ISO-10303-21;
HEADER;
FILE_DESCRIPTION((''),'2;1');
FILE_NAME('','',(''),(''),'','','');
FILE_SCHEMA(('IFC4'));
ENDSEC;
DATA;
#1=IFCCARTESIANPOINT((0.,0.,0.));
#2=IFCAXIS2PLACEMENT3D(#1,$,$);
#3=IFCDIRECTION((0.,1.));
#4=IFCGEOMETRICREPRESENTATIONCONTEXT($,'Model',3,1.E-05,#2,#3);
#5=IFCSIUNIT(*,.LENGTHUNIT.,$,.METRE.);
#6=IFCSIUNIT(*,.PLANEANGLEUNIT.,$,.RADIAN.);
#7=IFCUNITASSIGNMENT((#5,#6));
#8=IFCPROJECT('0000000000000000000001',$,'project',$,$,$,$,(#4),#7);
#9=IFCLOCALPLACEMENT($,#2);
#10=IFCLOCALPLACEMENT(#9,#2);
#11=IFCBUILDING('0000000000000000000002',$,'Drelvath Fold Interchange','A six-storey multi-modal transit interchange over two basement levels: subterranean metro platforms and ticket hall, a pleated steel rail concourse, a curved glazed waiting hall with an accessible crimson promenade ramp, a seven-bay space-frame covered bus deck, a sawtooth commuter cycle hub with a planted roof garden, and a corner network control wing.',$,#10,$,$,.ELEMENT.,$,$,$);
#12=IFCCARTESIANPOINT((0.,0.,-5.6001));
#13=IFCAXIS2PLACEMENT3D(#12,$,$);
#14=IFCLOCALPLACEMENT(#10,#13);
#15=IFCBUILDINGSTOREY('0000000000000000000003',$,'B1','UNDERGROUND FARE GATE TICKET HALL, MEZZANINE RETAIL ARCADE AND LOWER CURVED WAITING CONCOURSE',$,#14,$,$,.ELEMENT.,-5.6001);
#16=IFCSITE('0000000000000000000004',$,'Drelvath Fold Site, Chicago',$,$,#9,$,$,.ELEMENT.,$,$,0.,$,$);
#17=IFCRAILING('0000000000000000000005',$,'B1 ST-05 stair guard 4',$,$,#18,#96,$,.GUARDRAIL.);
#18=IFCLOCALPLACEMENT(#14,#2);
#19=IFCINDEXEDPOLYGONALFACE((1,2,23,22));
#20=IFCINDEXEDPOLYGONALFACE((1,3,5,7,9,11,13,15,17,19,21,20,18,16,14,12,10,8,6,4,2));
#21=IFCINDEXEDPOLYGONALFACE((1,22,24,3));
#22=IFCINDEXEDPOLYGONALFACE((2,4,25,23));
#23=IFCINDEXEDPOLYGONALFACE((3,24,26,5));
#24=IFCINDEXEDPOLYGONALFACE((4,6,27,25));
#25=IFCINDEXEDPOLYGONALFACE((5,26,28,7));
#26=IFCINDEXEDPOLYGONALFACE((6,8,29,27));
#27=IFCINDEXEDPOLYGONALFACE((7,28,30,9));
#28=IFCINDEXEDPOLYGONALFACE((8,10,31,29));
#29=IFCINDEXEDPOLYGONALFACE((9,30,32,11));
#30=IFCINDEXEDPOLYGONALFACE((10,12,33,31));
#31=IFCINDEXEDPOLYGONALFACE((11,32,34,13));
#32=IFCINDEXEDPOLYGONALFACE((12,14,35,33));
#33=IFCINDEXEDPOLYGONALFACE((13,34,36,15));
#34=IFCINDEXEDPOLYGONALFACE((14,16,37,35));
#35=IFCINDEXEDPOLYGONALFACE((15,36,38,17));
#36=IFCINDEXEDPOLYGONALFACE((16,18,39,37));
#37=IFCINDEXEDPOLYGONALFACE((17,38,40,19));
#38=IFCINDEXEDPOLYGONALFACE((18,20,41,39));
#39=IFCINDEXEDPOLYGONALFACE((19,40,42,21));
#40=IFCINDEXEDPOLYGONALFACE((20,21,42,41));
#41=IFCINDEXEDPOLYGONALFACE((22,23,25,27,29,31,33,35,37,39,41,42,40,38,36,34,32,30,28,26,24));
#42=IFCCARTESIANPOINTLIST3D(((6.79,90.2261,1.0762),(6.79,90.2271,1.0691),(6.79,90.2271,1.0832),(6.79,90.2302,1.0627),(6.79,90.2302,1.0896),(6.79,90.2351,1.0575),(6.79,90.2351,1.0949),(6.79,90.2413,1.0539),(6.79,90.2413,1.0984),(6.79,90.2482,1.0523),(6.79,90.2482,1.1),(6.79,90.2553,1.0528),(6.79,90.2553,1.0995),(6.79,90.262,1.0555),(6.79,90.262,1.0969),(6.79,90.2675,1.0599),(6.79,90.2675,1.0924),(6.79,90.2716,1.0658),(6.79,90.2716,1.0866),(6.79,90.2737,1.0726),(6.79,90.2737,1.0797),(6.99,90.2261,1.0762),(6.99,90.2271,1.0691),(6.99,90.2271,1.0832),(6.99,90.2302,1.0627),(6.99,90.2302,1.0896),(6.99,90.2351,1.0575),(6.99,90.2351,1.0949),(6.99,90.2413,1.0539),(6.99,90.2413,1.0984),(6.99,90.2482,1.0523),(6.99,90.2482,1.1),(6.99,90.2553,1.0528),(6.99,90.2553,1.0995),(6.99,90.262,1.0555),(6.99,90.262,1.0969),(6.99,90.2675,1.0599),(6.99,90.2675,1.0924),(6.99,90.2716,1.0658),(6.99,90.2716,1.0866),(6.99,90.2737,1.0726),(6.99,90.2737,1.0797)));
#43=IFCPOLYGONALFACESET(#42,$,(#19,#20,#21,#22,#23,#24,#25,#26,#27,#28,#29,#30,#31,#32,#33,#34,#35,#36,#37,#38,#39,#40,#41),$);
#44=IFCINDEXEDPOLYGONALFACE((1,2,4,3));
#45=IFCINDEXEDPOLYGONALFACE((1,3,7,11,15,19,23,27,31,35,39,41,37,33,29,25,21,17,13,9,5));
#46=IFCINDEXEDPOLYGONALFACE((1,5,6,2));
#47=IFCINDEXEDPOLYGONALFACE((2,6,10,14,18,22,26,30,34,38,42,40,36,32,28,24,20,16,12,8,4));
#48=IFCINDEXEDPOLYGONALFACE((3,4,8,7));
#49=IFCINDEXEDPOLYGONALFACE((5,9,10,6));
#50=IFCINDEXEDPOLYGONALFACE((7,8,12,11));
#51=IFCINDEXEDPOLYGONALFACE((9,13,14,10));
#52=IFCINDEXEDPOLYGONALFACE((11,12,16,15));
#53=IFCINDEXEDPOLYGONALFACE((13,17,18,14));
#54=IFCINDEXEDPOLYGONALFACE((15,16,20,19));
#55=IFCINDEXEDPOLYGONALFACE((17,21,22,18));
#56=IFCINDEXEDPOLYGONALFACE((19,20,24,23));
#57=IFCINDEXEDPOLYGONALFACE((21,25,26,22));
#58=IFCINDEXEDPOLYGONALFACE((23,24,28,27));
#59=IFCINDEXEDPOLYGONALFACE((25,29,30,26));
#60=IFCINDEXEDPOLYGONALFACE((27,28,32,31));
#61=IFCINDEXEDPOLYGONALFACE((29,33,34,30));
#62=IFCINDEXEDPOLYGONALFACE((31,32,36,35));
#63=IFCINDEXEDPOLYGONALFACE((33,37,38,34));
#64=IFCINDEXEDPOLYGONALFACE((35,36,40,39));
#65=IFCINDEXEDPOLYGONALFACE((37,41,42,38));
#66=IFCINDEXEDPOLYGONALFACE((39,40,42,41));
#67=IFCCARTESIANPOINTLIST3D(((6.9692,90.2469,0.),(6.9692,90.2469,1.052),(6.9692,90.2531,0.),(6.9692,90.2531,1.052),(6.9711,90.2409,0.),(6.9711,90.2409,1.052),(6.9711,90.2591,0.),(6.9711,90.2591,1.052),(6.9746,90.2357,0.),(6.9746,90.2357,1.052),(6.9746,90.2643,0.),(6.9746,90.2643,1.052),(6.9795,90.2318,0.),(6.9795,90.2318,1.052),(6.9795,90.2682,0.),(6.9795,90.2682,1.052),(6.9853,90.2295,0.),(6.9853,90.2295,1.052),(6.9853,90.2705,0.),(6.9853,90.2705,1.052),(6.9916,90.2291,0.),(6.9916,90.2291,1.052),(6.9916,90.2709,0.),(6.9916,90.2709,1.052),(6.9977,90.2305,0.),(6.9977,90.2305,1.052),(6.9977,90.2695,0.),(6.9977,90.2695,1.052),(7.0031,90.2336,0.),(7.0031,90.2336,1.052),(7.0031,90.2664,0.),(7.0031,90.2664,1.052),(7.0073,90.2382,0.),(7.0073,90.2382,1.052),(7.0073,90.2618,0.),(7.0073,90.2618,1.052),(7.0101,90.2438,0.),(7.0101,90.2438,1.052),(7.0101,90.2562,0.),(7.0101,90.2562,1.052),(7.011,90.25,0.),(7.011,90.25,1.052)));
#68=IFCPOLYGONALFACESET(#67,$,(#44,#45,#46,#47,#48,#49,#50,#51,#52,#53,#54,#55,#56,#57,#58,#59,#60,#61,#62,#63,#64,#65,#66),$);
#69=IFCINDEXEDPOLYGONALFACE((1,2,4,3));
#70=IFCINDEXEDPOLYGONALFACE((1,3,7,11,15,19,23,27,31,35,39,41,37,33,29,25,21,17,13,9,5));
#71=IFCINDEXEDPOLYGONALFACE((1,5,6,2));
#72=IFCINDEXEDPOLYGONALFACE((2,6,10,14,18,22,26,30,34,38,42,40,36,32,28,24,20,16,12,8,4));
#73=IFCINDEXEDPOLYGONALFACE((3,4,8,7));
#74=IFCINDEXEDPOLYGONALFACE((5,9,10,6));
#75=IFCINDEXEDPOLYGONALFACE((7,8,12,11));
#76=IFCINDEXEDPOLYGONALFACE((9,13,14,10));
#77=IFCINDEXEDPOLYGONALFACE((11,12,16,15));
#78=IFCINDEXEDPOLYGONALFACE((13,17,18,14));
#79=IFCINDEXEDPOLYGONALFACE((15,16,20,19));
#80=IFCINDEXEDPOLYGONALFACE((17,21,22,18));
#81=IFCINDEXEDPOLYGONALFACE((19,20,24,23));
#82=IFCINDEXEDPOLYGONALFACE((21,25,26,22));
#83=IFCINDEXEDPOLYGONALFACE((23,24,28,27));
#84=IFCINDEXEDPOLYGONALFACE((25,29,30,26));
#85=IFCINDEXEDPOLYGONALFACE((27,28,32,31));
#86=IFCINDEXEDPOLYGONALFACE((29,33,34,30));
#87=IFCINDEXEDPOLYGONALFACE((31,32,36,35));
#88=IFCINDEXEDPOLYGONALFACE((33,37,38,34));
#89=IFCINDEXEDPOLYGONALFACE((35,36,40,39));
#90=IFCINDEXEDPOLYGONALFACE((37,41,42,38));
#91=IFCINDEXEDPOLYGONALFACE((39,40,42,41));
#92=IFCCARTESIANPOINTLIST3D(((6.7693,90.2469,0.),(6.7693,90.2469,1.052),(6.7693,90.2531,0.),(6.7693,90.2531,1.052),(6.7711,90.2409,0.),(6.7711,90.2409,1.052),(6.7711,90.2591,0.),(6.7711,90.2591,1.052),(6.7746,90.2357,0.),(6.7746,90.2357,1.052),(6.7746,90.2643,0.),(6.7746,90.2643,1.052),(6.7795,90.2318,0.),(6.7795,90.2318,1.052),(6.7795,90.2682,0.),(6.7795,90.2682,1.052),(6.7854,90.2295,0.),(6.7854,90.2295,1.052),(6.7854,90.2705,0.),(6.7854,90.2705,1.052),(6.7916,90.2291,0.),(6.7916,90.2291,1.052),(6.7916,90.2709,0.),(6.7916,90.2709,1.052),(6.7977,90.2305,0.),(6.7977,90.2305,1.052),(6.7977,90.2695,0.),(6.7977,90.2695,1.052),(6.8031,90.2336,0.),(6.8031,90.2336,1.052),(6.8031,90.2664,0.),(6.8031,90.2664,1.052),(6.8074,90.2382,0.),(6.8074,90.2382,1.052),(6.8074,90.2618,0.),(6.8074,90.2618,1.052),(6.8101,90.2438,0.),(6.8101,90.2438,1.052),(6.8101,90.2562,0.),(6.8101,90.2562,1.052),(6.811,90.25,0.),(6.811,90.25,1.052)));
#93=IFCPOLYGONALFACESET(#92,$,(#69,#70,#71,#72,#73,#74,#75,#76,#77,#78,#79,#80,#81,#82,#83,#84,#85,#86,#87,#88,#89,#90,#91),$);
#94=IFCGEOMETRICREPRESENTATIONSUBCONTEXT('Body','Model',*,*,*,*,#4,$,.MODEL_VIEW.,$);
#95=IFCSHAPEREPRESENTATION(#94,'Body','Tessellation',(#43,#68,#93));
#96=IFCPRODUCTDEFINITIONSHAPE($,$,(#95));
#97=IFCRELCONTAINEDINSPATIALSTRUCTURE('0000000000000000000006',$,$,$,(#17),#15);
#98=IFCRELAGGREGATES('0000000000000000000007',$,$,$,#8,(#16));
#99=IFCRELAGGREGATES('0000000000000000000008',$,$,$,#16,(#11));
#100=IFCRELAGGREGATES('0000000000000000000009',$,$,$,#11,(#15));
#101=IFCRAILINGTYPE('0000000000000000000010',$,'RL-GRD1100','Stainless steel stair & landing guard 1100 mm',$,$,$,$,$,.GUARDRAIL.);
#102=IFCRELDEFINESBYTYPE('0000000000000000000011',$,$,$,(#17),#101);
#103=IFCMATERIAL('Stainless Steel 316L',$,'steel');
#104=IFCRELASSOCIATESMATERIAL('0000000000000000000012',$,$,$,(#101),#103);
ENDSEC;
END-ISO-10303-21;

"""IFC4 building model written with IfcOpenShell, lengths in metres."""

from ifc_helpers import new_model, si_unit, direction, frame, origin, origin_2d, place, context, subcontext, project, spatial, circle, extrude, material, type_object, element, save


model = new_model("IFC4")

# Units and contexts
model_context = context("Model", 3, precision=1e-05, world=origin(), true_north=direction((0.0, 1.0)))
body_context = subcontext(model_context, "Body", "Model", "MODEL_VIEW")
ifc_project = project(units=[si_unit("LENGTHUNIT", "METRE"), si_unit("PLANEANGLEUNIT", "RADIAN")], contexts=[model_context])

# Site, building, storey
site_placement = place(None, origin())
site = spatial("IfcSite", under=ifc_project, at=site_placement, Name="Drelvath Fold Site, Chicago", CompositionType="ELEMENT", RefElevation=0.0)
building_placement = place(site_placement, origin())
building = spatial("IfcBuilding", under=site, at=building_placement, Name="Drelvath Fold Interchange", Description="A six-storey multi-modal transit interchange over two basement levels: subterranean metro platforms and ticket hall, a pleated steel rail concourse, a curved glazed waiting hall with an accessible crimson promenade ramp, a seven-bay space-frame covered bus deck, a sawtooth commuter cycle hub with a planted roof garden, and a corner network control wing.", CompositionType="ELEMENT")
storey_placement = place(building_placement, frame((0.0, 0.0, -5.6001)))
storey = spatial("IfcBuildingStorey", under=building, at=storey_placement, Name="B1", Description="UNDERGROUND FARE GATE TICKET HALL, MEZZANINE RETAIL ARCADE AND LOWER CURVED WAITING CONCOURSE", CompositionType="ELEMENT", Elevation=-5.6001)

# Railing
ifc_material_1 = material(Name="Stainless Steel 316L", Category="steel")
railing_type_1 = type_object("IfcRailingType", Name="RL-GRD1100", Description="Stainless steel stair & landing guard 1100 mm", PredefinedType="GUARDRAIL", material=ifc_material_1)
railing_1_placement = place(storey_placement, frame((6.99, 90.25, 0.0)))
element("IfcRailing", 1, at=railing_1_placement, inside=storey, type_object=railing_type_1, Name="B1 ST-05 stair guard 4", PredefinedType="GUARDRAIL", context=body_context, shape_type="SweptSolid", body=[
    extrude(circle(Radius=0.0239, at=origin_2d()), frame((0.0, 0.0, 1.0762), z_axis=(-1.0, 0.0, 0.0), x_axis=(0.0, -1.0, 0.0)), (0.0, 0.0, 1.0), 0.2),
    extrude(circle(Radius=0.021, at=origin_2d()), origin(), (0.0, 0.0, 1.0), 1.052),
    extrude(circle(Radius=0.021, at=origin_2d()), frame((-0.2, 0.0, 0.0)), (0.0, 0.0, 1.0), 1.052),
])

save(model, "model.ifc")
